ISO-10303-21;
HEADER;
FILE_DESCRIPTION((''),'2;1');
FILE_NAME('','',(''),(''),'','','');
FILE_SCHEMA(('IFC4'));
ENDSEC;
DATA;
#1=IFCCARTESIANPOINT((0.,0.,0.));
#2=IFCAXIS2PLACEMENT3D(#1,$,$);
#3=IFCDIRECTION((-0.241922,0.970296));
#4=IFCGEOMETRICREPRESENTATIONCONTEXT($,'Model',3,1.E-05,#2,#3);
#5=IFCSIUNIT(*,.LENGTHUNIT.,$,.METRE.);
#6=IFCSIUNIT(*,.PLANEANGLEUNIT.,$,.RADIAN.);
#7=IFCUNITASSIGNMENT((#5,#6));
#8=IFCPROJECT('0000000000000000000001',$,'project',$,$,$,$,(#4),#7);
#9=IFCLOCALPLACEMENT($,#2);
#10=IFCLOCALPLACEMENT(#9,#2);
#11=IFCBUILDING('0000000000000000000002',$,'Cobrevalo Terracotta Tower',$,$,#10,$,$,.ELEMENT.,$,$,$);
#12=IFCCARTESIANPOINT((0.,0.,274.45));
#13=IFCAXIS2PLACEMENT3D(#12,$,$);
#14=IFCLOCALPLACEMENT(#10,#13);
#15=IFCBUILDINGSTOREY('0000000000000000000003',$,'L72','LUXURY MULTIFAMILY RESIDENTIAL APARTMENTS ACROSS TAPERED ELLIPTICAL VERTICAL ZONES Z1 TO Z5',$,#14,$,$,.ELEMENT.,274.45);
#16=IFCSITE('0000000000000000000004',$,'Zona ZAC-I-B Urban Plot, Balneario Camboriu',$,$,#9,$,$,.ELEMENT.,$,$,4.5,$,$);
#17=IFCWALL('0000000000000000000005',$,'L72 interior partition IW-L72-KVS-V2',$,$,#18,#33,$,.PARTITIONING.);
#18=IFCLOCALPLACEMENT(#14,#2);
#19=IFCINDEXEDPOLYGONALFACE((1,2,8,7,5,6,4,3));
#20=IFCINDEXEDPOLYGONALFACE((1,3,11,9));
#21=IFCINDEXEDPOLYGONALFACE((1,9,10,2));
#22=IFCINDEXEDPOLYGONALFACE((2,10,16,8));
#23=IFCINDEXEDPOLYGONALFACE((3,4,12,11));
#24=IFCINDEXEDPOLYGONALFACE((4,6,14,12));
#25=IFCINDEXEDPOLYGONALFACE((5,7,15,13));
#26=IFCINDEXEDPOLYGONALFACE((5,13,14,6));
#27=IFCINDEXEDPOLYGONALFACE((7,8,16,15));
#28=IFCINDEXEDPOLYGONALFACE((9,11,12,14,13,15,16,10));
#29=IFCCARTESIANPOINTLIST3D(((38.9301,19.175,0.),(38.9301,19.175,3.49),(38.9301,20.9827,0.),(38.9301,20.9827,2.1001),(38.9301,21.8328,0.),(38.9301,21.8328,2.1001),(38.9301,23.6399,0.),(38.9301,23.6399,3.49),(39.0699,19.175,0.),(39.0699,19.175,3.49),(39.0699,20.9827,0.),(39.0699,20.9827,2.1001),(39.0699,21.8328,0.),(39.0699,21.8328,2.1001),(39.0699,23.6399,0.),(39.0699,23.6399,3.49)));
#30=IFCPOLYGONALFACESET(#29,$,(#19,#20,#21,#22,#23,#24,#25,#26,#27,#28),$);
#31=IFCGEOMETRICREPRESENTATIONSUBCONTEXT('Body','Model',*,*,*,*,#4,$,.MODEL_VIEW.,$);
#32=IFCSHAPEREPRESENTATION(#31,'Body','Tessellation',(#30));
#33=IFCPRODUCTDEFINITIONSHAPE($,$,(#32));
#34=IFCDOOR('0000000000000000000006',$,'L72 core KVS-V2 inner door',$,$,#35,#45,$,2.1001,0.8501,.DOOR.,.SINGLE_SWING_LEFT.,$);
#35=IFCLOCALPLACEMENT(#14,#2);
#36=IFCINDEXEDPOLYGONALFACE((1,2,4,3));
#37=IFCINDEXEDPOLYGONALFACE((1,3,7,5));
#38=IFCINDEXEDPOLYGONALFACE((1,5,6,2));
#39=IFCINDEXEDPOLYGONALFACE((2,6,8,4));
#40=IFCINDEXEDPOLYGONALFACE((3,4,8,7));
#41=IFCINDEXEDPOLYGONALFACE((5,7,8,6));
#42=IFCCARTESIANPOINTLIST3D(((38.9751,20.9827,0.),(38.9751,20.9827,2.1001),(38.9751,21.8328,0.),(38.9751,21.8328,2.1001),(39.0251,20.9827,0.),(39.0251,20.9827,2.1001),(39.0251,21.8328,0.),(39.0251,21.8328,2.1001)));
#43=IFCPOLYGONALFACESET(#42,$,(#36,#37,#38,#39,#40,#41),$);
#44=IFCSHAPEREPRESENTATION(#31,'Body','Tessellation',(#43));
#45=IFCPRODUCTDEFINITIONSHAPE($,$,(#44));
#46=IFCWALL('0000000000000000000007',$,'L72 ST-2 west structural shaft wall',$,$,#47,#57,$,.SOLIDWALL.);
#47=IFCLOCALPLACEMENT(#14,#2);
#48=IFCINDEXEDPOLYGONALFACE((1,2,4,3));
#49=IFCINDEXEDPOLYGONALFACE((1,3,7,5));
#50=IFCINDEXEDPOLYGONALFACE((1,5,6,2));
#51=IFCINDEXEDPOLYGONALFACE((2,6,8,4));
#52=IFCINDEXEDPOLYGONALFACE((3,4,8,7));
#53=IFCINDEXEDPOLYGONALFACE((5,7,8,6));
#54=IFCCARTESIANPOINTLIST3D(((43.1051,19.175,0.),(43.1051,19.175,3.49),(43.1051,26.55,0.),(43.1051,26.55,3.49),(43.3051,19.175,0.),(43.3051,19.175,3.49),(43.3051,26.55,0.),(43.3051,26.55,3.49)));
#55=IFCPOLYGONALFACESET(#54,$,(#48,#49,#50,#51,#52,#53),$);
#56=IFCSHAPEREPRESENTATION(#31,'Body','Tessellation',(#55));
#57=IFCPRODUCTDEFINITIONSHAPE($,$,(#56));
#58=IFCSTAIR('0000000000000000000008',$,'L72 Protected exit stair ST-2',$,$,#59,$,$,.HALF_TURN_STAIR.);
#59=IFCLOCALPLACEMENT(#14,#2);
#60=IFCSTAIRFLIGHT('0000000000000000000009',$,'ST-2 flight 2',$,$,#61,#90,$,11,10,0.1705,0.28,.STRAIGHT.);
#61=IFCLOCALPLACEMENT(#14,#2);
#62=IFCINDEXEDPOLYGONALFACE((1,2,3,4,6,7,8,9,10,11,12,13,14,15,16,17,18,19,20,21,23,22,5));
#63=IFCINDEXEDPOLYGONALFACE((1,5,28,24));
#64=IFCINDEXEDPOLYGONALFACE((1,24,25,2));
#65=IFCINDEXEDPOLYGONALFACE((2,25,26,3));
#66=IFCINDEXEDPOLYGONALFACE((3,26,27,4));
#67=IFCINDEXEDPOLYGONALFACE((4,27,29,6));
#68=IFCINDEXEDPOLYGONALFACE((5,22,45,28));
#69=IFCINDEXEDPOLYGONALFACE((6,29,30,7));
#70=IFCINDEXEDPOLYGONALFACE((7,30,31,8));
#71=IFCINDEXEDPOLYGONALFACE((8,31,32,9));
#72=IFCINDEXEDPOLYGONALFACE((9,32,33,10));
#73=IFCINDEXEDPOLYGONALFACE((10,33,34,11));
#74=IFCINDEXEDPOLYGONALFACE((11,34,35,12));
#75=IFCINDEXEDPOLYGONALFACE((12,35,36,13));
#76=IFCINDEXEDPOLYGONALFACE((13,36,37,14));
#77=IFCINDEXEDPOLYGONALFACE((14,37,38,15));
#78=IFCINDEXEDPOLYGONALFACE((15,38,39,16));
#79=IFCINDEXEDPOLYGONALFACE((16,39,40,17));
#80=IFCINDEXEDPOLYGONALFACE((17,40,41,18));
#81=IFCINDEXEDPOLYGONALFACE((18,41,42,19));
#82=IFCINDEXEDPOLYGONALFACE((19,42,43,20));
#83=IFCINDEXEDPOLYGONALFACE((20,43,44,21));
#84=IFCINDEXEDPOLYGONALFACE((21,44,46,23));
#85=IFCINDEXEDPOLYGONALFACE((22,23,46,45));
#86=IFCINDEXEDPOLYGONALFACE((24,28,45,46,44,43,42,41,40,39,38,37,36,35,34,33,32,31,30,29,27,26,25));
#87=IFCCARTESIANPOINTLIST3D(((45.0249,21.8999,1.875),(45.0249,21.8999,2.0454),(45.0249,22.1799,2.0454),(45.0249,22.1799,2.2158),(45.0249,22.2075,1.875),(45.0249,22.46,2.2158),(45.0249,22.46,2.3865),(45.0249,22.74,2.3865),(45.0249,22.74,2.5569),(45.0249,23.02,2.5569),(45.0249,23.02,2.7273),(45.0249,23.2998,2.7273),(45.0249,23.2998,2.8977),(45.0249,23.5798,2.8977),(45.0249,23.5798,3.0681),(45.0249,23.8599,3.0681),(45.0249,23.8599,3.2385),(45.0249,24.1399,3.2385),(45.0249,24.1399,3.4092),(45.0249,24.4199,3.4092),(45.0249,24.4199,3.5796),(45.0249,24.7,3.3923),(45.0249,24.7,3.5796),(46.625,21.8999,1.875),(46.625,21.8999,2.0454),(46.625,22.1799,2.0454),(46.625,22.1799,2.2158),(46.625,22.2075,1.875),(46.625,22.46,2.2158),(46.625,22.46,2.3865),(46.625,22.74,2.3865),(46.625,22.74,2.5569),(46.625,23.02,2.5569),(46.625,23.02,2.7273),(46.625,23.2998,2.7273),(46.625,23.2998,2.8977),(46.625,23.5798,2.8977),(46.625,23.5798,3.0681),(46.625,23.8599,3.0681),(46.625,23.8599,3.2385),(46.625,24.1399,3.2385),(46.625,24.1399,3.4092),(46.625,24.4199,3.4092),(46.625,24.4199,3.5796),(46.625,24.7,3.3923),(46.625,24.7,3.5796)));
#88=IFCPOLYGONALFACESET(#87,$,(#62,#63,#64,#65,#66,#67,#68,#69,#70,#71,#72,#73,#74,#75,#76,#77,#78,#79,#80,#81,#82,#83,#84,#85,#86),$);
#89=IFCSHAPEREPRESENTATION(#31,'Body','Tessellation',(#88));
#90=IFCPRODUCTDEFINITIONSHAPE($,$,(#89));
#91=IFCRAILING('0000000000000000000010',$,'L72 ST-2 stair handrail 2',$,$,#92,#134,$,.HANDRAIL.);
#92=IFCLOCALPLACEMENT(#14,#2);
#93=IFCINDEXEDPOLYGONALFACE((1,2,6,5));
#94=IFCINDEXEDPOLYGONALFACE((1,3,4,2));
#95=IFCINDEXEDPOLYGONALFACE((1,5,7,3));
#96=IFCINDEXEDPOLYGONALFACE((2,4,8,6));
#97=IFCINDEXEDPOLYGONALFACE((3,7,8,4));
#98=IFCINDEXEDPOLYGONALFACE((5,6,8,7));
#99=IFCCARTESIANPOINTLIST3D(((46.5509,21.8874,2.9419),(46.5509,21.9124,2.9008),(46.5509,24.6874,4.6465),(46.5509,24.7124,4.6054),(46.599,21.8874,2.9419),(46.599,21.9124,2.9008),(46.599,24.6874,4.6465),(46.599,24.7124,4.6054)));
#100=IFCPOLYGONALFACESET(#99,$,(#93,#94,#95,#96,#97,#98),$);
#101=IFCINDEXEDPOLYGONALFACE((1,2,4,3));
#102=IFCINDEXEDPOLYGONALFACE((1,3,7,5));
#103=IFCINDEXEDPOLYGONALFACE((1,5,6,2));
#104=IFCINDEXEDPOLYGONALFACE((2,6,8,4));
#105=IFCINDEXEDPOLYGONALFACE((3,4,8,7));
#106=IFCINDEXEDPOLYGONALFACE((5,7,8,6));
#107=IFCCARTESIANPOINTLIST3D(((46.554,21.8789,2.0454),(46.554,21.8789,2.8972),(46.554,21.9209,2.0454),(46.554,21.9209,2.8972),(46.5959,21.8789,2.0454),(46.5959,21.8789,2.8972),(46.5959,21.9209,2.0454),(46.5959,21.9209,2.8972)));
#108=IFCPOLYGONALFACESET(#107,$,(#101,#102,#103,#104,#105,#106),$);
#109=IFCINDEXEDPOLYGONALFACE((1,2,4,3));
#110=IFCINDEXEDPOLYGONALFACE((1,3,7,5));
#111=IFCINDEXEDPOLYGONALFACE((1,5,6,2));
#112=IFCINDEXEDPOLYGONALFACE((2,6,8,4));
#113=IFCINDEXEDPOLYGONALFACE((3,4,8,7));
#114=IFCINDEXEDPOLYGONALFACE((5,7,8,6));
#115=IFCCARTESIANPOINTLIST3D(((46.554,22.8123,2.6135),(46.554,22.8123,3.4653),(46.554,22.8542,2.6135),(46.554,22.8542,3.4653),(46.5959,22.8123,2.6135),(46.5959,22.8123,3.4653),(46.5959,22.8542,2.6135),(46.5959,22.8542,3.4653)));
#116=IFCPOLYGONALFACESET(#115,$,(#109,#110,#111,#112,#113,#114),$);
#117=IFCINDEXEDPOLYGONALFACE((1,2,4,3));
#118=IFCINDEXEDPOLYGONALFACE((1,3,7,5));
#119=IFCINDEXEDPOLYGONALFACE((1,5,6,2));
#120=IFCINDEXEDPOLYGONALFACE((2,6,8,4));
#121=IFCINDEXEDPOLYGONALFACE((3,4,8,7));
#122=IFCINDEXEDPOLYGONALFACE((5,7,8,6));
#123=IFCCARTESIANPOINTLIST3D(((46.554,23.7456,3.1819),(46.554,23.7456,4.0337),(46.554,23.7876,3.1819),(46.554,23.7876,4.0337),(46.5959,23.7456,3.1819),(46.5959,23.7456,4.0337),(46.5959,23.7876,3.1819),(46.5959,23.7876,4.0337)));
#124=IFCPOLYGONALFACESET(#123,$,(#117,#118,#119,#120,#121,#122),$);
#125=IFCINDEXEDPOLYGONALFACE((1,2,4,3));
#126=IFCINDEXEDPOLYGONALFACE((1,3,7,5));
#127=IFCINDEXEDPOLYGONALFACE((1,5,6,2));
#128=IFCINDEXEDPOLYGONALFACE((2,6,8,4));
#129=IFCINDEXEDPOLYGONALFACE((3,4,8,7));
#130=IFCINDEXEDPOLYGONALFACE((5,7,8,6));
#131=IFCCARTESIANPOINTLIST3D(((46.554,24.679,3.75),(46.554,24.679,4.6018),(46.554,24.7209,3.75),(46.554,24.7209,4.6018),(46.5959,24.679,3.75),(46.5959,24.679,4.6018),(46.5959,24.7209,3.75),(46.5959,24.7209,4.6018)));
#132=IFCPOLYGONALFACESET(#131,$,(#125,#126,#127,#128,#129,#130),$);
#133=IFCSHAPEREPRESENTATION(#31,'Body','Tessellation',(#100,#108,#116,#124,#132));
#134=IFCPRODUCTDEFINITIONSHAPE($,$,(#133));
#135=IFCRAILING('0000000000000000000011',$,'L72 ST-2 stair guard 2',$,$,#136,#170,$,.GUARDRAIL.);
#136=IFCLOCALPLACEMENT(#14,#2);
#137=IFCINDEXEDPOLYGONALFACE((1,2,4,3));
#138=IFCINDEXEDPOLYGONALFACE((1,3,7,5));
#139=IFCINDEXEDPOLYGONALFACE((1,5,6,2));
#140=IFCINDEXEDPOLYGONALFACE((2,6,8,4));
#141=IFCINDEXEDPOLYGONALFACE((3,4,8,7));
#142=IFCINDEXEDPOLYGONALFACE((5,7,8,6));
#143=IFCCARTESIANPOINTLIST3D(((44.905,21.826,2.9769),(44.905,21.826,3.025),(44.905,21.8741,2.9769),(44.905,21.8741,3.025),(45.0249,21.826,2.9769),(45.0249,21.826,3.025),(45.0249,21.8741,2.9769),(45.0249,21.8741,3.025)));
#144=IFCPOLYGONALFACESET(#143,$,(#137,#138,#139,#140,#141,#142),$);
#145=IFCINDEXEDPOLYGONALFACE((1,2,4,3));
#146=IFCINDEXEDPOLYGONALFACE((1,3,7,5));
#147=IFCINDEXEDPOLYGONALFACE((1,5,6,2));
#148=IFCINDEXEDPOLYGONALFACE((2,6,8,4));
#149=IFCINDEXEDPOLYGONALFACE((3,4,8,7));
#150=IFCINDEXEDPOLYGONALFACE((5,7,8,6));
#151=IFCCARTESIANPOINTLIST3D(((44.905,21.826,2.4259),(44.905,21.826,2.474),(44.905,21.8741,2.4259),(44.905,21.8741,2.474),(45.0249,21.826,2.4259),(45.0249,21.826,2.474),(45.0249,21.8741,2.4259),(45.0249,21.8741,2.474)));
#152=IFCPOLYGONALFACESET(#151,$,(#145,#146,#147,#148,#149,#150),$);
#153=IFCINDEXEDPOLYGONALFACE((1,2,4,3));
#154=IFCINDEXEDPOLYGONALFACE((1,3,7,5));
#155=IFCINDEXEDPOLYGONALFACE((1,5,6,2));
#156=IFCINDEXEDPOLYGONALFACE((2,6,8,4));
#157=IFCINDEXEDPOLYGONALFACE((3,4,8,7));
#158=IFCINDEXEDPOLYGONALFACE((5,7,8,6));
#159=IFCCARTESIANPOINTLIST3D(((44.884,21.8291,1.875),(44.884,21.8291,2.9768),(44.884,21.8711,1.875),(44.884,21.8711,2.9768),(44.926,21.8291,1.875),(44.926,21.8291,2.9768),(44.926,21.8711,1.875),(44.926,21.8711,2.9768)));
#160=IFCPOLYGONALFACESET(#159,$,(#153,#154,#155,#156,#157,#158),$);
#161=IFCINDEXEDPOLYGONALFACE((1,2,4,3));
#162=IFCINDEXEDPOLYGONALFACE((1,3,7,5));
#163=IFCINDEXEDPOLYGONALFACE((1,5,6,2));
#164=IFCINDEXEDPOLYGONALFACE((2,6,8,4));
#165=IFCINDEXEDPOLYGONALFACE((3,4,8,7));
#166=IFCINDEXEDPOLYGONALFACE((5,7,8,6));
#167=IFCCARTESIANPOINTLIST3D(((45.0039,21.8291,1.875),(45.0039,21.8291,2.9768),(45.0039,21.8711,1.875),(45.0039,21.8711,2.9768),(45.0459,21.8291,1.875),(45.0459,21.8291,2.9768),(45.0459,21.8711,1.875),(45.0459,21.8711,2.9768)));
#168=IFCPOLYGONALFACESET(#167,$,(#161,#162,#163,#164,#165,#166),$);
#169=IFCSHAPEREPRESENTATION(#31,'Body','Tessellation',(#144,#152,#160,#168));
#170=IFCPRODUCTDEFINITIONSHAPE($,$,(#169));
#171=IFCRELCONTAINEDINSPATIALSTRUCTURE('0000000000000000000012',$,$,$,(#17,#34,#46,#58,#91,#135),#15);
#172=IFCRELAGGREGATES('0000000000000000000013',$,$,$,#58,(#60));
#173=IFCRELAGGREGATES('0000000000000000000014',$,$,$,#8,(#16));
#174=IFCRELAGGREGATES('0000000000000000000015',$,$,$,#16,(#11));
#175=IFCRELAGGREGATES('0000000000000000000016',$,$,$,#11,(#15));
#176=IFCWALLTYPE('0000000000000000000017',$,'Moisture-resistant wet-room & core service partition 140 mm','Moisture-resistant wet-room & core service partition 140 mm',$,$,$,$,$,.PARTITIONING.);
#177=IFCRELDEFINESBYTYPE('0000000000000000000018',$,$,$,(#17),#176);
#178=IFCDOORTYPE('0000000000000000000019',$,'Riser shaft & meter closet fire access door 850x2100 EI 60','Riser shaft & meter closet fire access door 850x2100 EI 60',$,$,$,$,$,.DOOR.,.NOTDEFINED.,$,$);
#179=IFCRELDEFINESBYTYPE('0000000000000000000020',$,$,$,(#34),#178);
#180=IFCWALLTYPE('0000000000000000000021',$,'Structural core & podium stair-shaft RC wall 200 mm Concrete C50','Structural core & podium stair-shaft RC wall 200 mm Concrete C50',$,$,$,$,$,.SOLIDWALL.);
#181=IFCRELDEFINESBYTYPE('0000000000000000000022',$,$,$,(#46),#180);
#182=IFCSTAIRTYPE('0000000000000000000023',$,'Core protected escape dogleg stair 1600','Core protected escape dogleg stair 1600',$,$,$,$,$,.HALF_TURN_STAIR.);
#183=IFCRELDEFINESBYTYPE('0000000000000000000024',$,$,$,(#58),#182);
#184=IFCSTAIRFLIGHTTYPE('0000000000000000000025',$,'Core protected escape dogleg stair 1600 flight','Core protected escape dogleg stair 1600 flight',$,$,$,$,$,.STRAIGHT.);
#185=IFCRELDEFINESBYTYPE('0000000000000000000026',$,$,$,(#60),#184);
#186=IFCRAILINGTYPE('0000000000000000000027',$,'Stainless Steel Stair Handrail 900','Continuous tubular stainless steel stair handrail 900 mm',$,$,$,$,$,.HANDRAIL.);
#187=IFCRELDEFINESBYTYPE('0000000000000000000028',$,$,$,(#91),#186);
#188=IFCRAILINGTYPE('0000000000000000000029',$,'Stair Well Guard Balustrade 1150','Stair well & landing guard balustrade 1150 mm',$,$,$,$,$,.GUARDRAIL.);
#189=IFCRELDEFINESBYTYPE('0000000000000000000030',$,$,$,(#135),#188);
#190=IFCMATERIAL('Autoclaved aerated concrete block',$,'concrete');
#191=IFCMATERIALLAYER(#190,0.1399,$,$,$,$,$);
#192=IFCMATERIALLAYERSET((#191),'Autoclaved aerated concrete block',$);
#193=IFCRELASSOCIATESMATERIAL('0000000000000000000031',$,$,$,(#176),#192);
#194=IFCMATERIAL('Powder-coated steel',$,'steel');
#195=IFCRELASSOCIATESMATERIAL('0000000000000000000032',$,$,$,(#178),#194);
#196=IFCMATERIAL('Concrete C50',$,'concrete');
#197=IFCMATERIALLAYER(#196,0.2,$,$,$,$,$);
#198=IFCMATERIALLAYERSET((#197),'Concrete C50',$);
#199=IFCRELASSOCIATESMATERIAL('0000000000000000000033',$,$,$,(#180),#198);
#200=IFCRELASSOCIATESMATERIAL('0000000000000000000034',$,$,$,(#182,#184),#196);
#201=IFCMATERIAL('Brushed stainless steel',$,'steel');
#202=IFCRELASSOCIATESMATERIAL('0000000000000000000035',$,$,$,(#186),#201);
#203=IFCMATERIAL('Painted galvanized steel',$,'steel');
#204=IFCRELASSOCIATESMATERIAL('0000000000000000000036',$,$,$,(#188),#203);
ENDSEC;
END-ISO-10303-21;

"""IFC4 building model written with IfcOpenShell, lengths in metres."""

from ifc_helpers import new_model, si_unit, direction, frame, frame_2d, origin, origin_2d, place, context, subcontext, project, spatial, polyline, rectangle, outline, extrude, source, transform, mapped, material, layer, layer_set, type_object, element, fill, aggregate, save


model = new_model("IFC4")

# Units and contexts
model_context = context("Model", 3, precision=1e-05, world=origin(), true_north=direction((-0.241922, 0.970296)))
body_context = subcontext(model_context, "Body", "Model", "MODEL_VIEW")
ifc_project = project(units=[si_unit("LENGTHUNIT", "METRE"), si_unit("PLANEANGLEUNIT", "RADIAN")], contexts=[model_context])

# Site, building, storey
site_placement = place(None, origin())
site = spatial("IfcSite", under=ifc_project, at=site_placement, Name="Zona ZAC-I-B Urban Plot, Balneario Camboriu", CompositionType="ELEMENT", RefElevation=4.5)
building_placement = place(site_placement, origin())
building = spatial("IfcBuilding", under=site, at=building_placement, Name="Cobrevalo Terracotta Tower", CompositionType="ELEMENT")
storey_placement = place(building_placement, frame((0.0, 0.0, 274.45)))
storey = spatial("IfcBuildingStorey", under=building, at=storey_placement, Name="L72", Description="LUXURY MULTIFAMILY RESIDENTIAL APARTMENTS ACROSS TAPERED ELLIPTICAL VERTICAL ZONES Z1 TO Z5", CompositionType="ELEMENT", Elevation=274.45)

# Shared definitions
ifc_material_1 = material(Name="Autoclaved aerated concrete block", Category="concrete")

# Shared definitions
ifc_material_2 = material(Name="Concrete C50", Category="concrete")

# Shared definitions
ifc_layer_1 = layer(ifc_material_1, 0.1399)
ifc_layer_set_1 = layer_set([ifc_layer_1], Name="Autoclaved aerated concrete block")
wall_type_1 = type_object("IfcWallType", Name="Moisture-resistant wet-room & core service partition 140 mm", Description="Moisture-resistant wet-room & core service partition 140 mm", PredefinedType="PARTITIONING", material=ifc_layer_set_1)

# Wall, opening, door
ifc_material_3 = material(Name="Powder-coated steel", Category="steel")
door_type_1 = type_object("IfcDoorType", Name="Riser shaft & meter closet fire access door 850x2100 EI 60", Description="Riser shaft & meter closet fire access door 850x2100 EI 60", OperationType="NOTDEFINED", PredefinedType="DOOR", material=ifc_material_3)
shared_shape_1 = source(origin(), body_context, "Body", "SweptSolid", [
    extrude(rectangle(XDim=0.8501, YDim=2.1001, at=frame_2d((0.425, 1.05))), frame((0.0, 0.0249, 0.0), z_axis=(0.0, -1.0, 0.0), x_axis=(1.0, 0.0, 0.0)), (0.0, 0.0, 1.0), 0.05),
])
wall_1_placement = place(storey_placement, frame((39.0, 19.175, 0.0), z_axis=(0.0, 0.0, 1.0), x_axis=(0.0, 1.0, 0.0)))
wall_1 = element("IfcWall", 1, at=wall_1_placement, inside=storey, type_object=wall_type_1, Name="L72 interior partition IW-L72-KVS-V2", PredefinedType="PARTITIONING", context=body_context, shape_type="SweptSolid", body=[
    extrude(rectangle(XDim=4.4648, YDim=0.1399, at=frame_2d((2.2324, 0.0))), origin(), (0.0, 0.0, 1.0), 3.49),
])
opening_1_placement = place(wall_1_placement, frame((1.8076, 0.0, 0.0)))
opening_1 = element("IfcOpeningElement", 2, at=opening_1_placement, cuts=wall_1, PredefinedType="OPENING", context=body_context, shape_type="SweptSolid", body=[
    extrude(rectangle(XDim=0.8501, YDim=2.1001, at=frame_2d((0.425, 1.05))), frame((0.0, 0.0801, 0.0), z_axis=(0.0, -1.0, 0.0), x_axis=(1.0, 0.0, 0.0)), (0.0, 0.0, 1.0), 0.1599),
])
door_1_placement = place(opening_1_placement, origin())
door_1 = element("IfcDoor", 3, at=door_1_placement, inside=storey, type_object=door_type_1, Name="L72 core KVS-V2 inner door", OperationType="SINGLE_SWING_LEFT", OverallHeight=2.1001, OverallWidth=0.8501, PredefinedType="DOOR", context=body_context, shape_type="MappedRepresentation", body=[
    mapped(shared_shape_1, transform((0.0, 0.0, 0.0), scale=1.0)),
])
fill(opening_1, door_1)

# Wall
ifc_layer_2 = layer(ifc_material_2, 0.2)
ifc_layer_set_2 = layer_set([ifc_layer_2], Name="Concrete C50")
wall_type_2 = type_object("IfcWallType", Name="Structural core & podium stair-shaft RC wall 200 mm Concrete C50", Description="Structural core & podium stair-shaft RC wall 200 mm Concrete C50", PredefinedType="SOLIDWALL", material=ifc_layer_set_2)
wall_2_placement = place(storey_placement, frame((43.2051, 19.175, 0.0), z_axis=(0.0, 0.0, 1.0), x_axis=(0.0, 1.0, 0.0)))
element("IfcWall", 4, at=wall_2_placement, inside=storey, type_object=wall_type_2, Name="L72 ST-2 west structural shaft wall", PredefinedType="SOLIDWALL", context=body_context, shape_type="SweptSolid", body=[
    extrude(rectangle(XDim=7.375, YDim=0.2, at=frame_2d((3.6875, 0.0))), origin(), (0.0, 0.0, 1.0), 3.49),
])

# Stair, stair flight
stair_type = type_object("IfcStairType", Name="Core protected escape dogleg stair 1600", Description="Core protected escape dogleg stair 1600", PredefinedType="HALF_TURN_STAIR", material=ifc_material_2)
stair_placement = place(storey_placement, origin())
stair = element("IfcStair", 5, at=stair_placement, inside=storey, type_object=stair_type, Name="L72 Protected exit stair ST-2", PredefinedType="HALF_TURN_STAIR")
stair_flight_type = type_object("IfcStairFlightType", Name="Core protected escape dogleg stair 1600 flight", Description="Core protected escape dogleg stair 1600 flight", PredefinedType="STRAIGHT", material=ifc_material_2)
stair_flight_placement = place(storey_placement, frame((45.825, 21.8999, 1.875), z_axis=(0.0, 0.0, 1.0), x_axis=(0.0, 1.0, 0.0)))
stair_flight = element("IfcStairFlight", 6, at=stair_flight_placement, type_object=stair_flight_type, Name="ST-2 flight 2", NumberOfRisers=11, NumberOfTreads=10, PredefinedType="STRAIGHT", RiserHeight=0.1705, TreadLength=0.28, context=body_context, shape_type="SweptSolid", body=[
    extrude(outline(polyline([(0.0, 0.0), (0.0, 0.1704), (0.28, 0.1704), (0.28, 0.3408), (0.5601, 0.3408), (0.5601, 0.5115), (0.8401, 0.5115), (0.8401, 0.6819), (1.1201, 0.6819), (1.1201, 0.8523), (1.3999, 0.8523), (1.3999, 1.0227), (1.6799, 1.0227), (1.6799, 1.1931), (1.96, 1.1931), (1.96, 1.3635), (2.24, 1.3635), (2.24, 1.5342), (2.52, 1.5342), (2.52, 1.7046), (2.8, 1.7046), (2.8, 1.875), (2.8, 1.5173), (0.3076, 0.0), (0.0, 0.0)])), frame((0.0, 0.8, 0.0), z_axis=(0.0, -1.0, 0.0), x_axis=(1.0, 0.0, 0.0)), (0.0, 0.0, 1.0), 1.6001),
])
aggregate(stair, [stair_flight])

# Railings
ifc_material_4 = material(Name="Brushed stainless steel", Category="steel")
railing_type_1 = type_object("IfcRailingType", Name="Stainless Steel Stair Handrail 900", Description="Continuous tubular stainless steel stair handrail 900 mm", PredefinedType="HANDRAIL", material=ifc_material_4)
railing_1_placement = place(storey_placement, frame((46.575, 21.8999, 2.0454)))
element("IfcRailing", 7, at=railing_1_placement, inside=storey, type_object=railing_type_1, Name="L72 ST-2 stair handrail 2", PredefinedType="HANDRAIL", context=body_context, shape_type="SweptSolid", body=[
    extrude(rectangle(XDim=0.0481, YDim=0.0481, at=origin_2d()), frame((0.0, 0.0, 0.876), z_axis=(0.0, 0.85417, 0.519994), x_axis=(-1.0, 0.0, 0.0)), (0.0, 0.0, 1.0), 3.2781),
    extrude(rectangle(XDim=0.042, YDim=0.042, at=origin_2d()), origin(), (0.0, 0.0, 1.0), 0.8518),
    extrude(rectangle(XDim=0.042, YDim=0.042, at=origin_2d()), frame((0.0, 0.9333, 0.5681)), (0.0, 0.0, 1.0), 0.8518),
    extrude(rectangle(XDim=0.042, YDim=0.042, at=origin_2d()), frame((0.0, 1.8667, 1.1365)), (0.0, 0.0, 1.0), 0.8518),
    extrude(rectangle(XDim=0.042, YDim=0.042, at=origin_2d()), frame((0.0, 2.8, 1.7046)), (0.0, 0.0, 1.0), 0.8518),
])
ifc_material_5 = material(Name="Painted galvanized steel", Category="steel")
railing_type_2 = type_object("IfcRailingType", Name="Stair Well Guard Balustrade 1150", Description="Stair well & landing guard balustrade 1150 mm", PredefinedType="GUARDRAIL", material=ifc_material_5)
railing_2_placement = place(storey_placement, frame((44.905, 21.8501, 1.875)))
element("IfcRailing", 8, at=railing_2_placement, inside=storey, type_object=railing_type_2, Name="L72 ST-2 stair guard 2", PredefinedType="GUARDRAIL", context=body_context, shape_type="SweptSolid", body=[
    extrude(rectangle(XDim=0.0481, YDim=0.0481, at=origin_2d()), frame((0.0, 0.0, 1.126), z_axis=(1.0, 0.0, 0.0), x_axis=(0.0, 1.0, 0.0)), (0.0, 0.0, 1.0), 0.1199),
    extrude(rectangle(XDim=0.0481, YDim=0.0481, at=origin_2d()), frame((0.0, 0.0, 0.575), z_axis=(1.0, 0.0, 0.0), x_axis=(0.0, 1.0, 0.0)), (0.0, 0.0, 1.0), 0.1199),
    extrude(rectangle(XDim=0.042, YDim=0.042, at=origin_2d()), origin(), (0.0, 0.0, 1.0), 1.1018),
    extrude(rectangle(XDim=0.042, YDim=0.042, at=origin_2d()), frame((0.1199, 0.0, 0.0)), (0.0, 0.0, 1.0), 1.1018),
])

save(model, "model.ifc")
